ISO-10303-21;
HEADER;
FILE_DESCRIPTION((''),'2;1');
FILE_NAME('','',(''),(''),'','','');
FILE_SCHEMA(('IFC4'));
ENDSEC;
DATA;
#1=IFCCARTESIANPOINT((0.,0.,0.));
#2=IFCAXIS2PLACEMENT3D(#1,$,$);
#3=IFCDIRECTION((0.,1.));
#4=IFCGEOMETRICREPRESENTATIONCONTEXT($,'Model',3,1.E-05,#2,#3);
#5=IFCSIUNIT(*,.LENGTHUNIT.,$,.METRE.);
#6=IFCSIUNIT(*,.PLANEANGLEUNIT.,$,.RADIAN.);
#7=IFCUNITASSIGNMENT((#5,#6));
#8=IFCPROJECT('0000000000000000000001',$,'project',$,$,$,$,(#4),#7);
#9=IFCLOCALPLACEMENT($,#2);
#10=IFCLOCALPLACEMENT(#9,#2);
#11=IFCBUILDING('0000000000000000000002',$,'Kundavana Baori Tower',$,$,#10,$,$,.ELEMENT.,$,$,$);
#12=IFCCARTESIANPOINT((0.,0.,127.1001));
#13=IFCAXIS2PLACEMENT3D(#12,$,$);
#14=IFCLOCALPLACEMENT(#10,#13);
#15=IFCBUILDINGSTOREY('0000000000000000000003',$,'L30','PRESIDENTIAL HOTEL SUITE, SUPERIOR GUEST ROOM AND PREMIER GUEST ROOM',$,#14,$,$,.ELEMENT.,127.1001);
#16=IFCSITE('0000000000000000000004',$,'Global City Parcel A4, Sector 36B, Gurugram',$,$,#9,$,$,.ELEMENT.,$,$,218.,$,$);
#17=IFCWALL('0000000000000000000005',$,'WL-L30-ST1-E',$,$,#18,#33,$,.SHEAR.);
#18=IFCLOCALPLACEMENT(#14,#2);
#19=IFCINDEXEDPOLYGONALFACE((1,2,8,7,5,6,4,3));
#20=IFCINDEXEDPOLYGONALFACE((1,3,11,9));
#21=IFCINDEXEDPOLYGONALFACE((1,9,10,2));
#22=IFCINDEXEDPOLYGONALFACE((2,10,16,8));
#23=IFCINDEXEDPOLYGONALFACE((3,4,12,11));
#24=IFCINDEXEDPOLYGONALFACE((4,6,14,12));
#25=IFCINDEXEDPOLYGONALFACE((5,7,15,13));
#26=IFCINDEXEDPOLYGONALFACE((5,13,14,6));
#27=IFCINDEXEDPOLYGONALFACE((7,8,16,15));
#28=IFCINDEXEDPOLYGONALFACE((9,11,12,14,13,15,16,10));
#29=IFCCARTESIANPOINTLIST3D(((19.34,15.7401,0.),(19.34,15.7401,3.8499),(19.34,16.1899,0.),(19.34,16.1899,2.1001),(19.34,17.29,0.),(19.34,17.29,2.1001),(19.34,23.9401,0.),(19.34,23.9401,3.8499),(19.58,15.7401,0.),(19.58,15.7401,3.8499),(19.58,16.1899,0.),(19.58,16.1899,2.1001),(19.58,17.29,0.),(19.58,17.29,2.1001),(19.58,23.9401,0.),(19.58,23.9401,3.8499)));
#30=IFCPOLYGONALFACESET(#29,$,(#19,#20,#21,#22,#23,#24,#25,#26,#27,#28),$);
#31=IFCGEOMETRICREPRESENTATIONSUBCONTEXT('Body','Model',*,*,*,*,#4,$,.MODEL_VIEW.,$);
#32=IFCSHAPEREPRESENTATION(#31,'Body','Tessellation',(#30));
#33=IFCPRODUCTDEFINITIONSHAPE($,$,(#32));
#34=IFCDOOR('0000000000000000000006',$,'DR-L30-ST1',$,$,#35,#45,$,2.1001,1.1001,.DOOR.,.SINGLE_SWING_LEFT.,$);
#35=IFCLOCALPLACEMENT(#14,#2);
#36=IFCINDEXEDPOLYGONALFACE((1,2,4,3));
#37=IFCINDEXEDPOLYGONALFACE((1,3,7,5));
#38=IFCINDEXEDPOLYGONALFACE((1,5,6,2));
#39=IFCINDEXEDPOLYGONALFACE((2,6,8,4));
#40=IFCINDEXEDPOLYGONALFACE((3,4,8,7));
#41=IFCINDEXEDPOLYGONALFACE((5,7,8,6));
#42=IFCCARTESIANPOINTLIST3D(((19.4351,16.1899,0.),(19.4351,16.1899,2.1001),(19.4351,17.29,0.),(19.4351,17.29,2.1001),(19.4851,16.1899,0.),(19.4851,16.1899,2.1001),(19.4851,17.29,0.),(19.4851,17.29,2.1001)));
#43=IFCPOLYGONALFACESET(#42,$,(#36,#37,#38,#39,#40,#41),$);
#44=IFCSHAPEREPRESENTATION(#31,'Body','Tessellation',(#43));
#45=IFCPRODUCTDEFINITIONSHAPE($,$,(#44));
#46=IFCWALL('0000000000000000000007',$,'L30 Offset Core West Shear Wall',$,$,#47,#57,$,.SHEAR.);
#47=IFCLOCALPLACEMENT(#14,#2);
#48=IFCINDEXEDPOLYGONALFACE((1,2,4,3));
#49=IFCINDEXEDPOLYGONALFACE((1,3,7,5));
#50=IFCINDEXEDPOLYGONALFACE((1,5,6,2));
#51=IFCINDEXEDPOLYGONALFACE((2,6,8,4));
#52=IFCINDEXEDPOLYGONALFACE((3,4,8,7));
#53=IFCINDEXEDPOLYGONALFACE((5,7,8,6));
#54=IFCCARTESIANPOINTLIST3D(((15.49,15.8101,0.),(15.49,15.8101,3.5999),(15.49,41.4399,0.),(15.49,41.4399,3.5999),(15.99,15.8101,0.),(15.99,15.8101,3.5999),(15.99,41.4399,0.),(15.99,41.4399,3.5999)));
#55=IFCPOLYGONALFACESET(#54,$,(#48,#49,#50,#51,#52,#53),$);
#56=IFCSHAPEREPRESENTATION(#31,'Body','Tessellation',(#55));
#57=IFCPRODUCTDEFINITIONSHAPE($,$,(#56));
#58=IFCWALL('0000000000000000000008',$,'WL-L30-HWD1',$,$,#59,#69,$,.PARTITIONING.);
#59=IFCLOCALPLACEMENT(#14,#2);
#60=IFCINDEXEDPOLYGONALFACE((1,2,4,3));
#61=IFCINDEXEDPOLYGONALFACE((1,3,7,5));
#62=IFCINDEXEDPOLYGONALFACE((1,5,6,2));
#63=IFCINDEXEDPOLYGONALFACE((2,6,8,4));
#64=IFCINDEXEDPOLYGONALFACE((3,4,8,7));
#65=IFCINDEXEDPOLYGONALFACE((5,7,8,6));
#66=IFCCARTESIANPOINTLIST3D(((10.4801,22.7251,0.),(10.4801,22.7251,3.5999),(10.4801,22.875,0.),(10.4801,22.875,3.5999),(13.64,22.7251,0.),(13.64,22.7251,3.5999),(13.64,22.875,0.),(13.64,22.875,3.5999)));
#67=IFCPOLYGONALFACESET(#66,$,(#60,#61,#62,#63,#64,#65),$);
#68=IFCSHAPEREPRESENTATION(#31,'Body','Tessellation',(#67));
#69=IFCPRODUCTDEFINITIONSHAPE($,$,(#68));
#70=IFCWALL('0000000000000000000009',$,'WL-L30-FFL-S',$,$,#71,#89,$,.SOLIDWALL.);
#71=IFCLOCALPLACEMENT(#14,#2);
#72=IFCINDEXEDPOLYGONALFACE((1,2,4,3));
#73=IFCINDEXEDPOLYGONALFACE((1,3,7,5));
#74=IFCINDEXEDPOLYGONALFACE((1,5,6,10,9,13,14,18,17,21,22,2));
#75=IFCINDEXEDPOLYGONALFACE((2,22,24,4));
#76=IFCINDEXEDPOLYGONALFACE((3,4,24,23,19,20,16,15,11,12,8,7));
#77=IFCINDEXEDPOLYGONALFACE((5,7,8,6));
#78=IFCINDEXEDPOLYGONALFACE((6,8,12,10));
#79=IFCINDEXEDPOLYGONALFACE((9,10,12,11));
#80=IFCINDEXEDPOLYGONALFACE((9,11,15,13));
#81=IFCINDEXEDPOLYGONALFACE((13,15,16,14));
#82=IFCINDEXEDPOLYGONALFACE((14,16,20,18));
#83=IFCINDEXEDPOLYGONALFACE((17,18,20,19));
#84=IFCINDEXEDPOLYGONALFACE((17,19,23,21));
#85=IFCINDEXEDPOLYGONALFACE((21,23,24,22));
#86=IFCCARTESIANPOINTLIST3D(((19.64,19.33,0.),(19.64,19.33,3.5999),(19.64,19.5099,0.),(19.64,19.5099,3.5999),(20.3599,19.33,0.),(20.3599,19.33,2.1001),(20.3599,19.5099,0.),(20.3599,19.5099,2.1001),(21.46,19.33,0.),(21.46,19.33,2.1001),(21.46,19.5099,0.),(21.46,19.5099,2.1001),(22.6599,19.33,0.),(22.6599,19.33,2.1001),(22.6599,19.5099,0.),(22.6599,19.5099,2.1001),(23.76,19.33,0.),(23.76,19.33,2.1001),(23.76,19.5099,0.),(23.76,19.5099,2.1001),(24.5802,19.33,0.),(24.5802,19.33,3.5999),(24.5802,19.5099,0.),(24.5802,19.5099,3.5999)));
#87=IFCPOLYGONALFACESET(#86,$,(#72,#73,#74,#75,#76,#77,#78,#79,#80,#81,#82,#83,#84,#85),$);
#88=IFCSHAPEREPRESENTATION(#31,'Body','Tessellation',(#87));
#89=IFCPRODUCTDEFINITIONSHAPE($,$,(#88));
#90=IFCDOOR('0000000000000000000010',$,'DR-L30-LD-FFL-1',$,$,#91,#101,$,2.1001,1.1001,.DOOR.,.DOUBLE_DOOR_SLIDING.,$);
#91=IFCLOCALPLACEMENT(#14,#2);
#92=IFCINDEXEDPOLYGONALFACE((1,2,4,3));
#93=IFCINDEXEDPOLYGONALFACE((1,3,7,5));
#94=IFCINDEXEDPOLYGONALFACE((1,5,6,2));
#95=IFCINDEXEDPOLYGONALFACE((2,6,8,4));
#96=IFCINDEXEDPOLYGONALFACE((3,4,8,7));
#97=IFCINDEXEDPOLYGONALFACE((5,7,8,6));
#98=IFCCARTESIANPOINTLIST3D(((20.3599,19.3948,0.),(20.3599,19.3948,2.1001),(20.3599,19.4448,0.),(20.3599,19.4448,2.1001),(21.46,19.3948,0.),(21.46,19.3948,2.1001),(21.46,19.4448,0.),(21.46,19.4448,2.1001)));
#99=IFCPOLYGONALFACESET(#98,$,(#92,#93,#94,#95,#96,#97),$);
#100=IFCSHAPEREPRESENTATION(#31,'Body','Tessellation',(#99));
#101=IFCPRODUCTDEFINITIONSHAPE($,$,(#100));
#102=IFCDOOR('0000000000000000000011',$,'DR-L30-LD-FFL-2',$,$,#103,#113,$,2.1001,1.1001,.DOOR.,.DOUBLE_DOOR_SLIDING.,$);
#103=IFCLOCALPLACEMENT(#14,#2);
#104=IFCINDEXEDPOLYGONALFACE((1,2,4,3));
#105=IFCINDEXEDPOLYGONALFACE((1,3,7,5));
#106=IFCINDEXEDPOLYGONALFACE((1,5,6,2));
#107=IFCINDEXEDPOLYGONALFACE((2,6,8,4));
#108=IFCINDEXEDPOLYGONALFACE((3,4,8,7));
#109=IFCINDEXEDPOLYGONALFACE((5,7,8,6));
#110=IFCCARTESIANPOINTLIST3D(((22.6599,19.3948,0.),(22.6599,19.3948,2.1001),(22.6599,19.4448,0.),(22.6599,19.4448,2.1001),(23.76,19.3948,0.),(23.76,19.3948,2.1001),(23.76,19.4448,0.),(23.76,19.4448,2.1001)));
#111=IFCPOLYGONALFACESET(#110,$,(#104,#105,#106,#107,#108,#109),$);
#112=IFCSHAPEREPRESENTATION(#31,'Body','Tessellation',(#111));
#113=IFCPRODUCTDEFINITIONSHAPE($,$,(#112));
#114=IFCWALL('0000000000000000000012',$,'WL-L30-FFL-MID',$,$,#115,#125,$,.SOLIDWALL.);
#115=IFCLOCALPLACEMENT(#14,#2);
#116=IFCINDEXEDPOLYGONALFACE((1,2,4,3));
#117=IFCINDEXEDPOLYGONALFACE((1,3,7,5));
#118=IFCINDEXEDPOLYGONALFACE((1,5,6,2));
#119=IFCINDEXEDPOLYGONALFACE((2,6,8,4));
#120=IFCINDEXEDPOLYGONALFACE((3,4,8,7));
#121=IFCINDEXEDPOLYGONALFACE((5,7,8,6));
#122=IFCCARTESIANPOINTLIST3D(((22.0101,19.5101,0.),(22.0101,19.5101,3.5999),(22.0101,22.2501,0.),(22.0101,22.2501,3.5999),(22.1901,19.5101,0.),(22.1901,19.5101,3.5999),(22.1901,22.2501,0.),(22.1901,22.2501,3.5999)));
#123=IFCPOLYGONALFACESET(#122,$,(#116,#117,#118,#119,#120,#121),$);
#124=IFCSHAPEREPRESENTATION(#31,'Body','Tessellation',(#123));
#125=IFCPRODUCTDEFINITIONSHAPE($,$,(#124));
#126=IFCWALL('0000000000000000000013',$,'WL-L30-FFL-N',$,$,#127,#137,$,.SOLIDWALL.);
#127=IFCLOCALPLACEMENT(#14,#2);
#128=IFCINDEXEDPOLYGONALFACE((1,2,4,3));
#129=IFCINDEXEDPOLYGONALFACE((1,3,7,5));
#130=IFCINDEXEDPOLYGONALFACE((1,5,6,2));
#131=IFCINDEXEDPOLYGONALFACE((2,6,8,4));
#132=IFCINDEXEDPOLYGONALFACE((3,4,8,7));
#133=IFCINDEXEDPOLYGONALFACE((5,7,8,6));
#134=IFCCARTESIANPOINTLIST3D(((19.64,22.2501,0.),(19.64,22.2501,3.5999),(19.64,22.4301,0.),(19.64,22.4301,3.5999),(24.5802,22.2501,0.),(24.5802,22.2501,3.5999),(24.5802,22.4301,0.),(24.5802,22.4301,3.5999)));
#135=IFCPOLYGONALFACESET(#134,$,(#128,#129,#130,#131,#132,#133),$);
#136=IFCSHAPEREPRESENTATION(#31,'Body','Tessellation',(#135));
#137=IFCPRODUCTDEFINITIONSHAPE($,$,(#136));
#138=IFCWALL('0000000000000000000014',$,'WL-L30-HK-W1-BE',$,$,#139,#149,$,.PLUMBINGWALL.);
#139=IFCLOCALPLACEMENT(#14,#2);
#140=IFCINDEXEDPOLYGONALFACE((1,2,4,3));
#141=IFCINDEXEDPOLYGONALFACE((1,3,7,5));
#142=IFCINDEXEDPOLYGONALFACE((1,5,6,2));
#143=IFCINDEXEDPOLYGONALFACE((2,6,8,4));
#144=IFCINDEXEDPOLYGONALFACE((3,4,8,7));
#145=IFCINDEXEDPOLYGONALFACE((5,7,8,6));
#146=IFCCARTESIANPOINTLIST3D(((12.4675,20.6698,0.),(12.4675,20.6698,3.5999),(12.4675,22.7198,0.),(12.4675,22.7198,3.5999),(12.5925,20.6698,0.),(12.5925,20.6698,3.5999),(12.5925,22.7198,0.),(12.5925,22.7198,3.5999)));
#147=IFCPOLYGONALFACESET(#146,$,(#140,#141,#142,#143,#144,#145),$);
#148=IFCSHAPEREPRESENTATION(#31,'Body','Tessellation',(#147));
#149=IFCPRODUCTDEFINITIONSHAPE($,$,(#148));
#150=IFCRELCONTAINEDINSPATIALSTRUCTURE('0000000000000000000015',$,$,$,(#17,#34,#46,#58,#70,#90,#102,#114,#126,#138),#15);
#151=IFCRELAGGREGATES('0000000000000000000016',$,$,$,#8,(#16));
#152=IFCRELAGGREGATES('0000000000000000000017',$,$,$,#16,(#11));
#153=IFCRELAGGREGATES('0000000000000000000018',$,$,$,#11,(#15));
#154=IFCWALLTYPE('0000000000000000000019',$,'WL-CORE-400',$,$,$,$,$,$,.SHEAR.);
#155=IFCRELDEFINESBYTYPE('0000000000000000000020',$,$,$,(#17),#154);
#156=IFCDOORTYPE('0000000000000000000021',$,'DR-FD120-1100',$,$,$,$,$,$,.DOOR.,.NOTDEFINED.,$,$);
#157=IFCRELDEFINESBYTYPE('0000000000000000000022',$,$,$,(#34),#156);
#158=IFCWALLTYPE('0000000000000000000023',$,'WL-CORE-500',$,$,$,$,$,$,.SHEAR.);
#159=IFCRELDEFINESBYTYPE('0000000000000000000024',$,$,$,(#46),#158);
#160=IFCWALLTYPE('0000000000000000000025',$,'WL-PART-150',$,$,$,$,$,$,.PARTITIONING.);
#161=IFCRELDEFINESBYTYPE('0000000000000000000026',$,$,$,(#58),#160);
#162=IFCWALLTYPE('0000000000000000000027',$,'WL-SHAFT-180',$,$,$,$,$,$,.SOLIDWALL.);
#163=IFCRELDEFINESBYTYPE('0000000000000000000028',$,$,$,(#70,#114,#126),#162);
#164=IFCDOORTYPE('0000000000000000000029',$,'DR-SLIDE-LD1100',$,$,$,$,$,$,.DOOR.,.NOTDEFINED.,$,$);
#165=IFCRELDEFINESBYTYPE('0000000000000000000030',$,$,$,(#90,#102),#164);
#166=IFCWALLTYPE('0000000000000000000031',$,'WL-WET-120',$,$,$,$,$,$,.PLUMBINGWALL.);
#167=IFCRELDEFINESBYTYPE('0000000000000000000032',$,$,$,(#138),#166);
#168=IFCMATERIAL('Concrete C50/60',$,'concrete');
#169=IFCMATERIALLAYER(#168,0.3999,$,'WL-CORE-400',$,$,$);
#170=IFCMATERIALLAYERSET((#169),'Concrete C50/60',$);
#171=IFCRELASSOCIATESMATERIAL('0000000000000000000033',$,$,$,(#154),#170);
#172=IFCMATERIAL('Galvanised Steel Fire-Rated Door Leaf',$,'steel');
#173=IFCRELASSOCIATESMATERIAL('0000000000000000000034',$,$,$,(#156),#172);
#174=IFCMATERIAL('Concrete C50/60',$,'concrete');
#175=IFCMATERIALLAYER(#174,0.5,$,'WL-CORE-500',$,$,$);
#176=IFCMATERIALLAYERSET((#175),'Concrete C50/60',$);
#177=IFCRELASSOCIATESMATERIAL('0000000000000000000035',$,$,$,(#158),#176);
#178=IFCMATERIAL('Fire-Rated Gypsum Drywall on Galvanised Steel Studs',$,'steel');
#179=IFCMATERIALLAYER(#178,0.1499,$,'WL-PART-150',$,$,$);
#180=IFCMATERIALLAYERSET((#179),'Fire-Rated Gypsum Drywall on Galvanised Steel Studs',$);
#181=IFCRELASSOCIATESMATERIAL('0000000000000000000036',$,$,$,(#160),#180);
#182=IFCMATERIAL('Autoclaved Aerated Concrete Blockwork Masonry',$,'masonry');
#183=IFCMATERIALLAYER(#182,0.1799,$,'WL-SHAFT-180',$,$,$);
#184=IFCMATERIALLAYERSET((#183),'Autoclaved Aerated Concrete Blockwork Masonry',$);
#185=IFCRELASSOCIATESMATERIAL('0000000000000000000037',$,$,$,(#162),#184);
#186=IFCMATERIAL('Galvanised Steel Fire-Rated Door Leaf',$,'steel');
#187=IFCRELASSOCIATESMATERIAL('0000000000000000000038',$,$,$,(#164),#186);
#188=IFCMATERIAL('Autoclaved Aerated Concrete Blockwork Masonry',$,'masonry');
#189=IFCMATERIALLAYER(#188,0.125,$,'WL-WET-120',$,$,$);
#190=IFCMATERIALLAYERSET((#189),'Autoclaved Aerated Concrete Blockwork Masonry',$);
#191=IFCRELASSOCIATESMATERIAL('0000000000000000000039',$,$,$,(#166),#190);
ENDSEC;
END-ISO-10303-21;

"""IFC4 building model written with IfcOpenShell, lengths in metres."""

from ifc_helpers import new_model, si_unit, direction, frame, frame_2d, origin, place, context, subcontext, project, spatial, rectangle, extrude, material, layer, layer_set, type_object, element, fill, save


model = new_model("IFC4")

# Units and contexts
model_context = context("Model", 3, precision=1e-05, world=origin(), true_north=direction((0.0, 1.0)))
body_context = subcontext(model_context, "Body", "Model", "MODEL_VIEW")
ifc_project = project(units=[si_unit("LENGTHUNIT", "METRE"), si_unit("PLANEANGLEUNIT", "RADIAN")], contexts=[model_context])

# Site, building, storey
site_placement = place(None, origin())
site = spatial("IfcSite", under=ifc_project, at=site_placement, Name="Global City Parcel A4, Sector 36B, Gurugram", CompositionType="ELEMENT", RefElevation=218.0)
building_placement = place(site_placement, origin())
building = spatial("IfcBuilding", under=site, at=building_placement, Name="Kundavana Baori Tower", CompositionType="ELEMENT")
storey_placement = place(building_placement, frame((0.0, 0.0, 127.1001)))
storey = spatial("IfcBuildingStorey", under=building, at=storey_placement, Name="L30", Description="PRESIDENTIAL HOTEL SUITE, SUPERIOR GUEST ROOM AND PREMIER GUEST ROOM", CompositionType="ELEMENT", Elevation=127.1001)

# Wall, opening, door
ifc_material_1 = material(Name="Concrete C50/60", Category="concrete")
ifc_layer_1 = layer(ifc_material_1, 0.3999, Name="WL-CORE-400")
ifc_layer_set_1 = layer_set([ifc_layer_1], Name="Concrete C50/60")
wall_type_1 = type_object("IfcWallType", Name="WL-CORE-400", PredefinedType="SHEAR", material=ifc_layer_set_1)
wall_1_placement = place(storey_placement, frame((19.46, 15.74, 0.0), z_axis=(0.0, 0.0, 1.0), x_axis=(0.0, 1.0, 0.0)))
wall_1 = element("IfcWall", 1, at=wall_1_placement, inside=storey, type_object=wall_type_1, Name="WL-L30-ST1-E", PredefinedType="SHEAR", context=body_context, shape_type="SweptSolid", body=[
    extrude(rectangle(XDim=8.2, YDim=0.24, at=frame_2d((4.1001, 0.0))), origin(), (0.0, 0.0, 1.0), 3.8499),
])
opening_1_placement = place(wall_1_placement, frame((0.45, 0.0, 0.0)))
opening_1 = element("IfcOpeningElement", 2, at=opening_1_placement, cuts=wall_1, PredefinedType="OPENING", context=body_context, shape_type="SweptSolid", body=[
    extrude(rectangle(XDim=1.1001, YDim=2.1001, at=frame_2d((0.55, 1.05))), frame((0.0, 0.1299, 0.0), z_axis=(0.0, -1.0, 0.0), x_axis=(1.0, 0.0, 0.0)), (0.0, 0.0, 1.0), 0.26),
])
ifc_material_2 = material(Name="Galvanised Steel Fire-Rated Door Leaf", Category="steel")
door_type_1 = type_object("IfcDoorType", Name="DR-FD120-1100", OperationType="NOTDEFINED", PredefinedType="DOOR", material=ifc_material_2)
door_1_placement = place(opening_1_placement, origin())
door_1 = element("IfcDoor", 3, at=door_1_placement, inside=storey, type_object=door_type_1, Name="DR-L30-ST1", OperationType="SINGLE_SWING_LEFT", OverallHeight=2.1001, OverallWidth=1.1001, PredefinedType="DOOR", context=body_context, shape_type="SweptSolid", body=[
    extrude(rectangle(XDim=1.1001, YDim=2.1001, at=frame_2d((0.55, 1.05))), frame((0.0, 0.0249, 0.0), z_axis=(0.0, -1.0, 0.0), x_axis=(1.0, 0.0, 0.0)), (0.0, 0.0, 1.0), 0.05),
])
fill(opening_1, door_1)

# Wall
ifc_material_3 = material(Name="Concrete C50/60", Category="concrete")
ifc_layer_2 = layer(ifc_material_3, 0.5, Name="WL-CORE-500")
ifc_layer_set_2 = layer_set([ifc_layer_2], Name="Concrete C50/60")
wall_type_2 = type_object("IfcWallType", Name="WL-CORE-500", PredefinedType="SHEAR", material=ifc_layer_set_2)
wall_2_placement = place(storey_placement, frame((15.74, 15.8101, 0.0), z_axis=(0.0, 0.0, 1.0), x_axis=(0.0, 1.0, 0.0)))
element("IfcWall", 4, at=wall_2_placement, inside=storey, type_object=wall_type_2, Name="L30 Offset Core West Shear Wall", PredefinedType="SHEAR", context=body_context, shape_type="SweptSolid", body=[
    extrude(rectangle(XDim=25.6299, YDim=0.5, at=frame_2d((12.8149, 0.0))), origin(), (0.0, 0.0, 1.0), 3.5999),
])

# Wall
ifc_material_4 = material(Name="Fire-Rated Gypsum Drywall on Galvanised Steel Studs", Category="steel")
ifc_layer_3 = layer(ifc_material_4, 0.1499, Name="WL-PART-150")
ifc_layer_set_3 = layer_set([ifc_layer_3], Name="Fire-Rated Gypsum Drywall on Galvanised Steel Studs")
wall_type_3 = type_object("IfcWallType", Name="WL-PART-150", PredefinedType="PARTITIONING", material=ifc_layer_set_3)
wall_3_placement = place(storey_placement, frame((10.48, 22.8, 0.0), z_axis=(0.0, 0.0, 1.0), x_axis=(1.0, 0.0, 0.0)))
element("IfcWall", 5, at=wall_3_placement, inside=storey, type_object=wall_type_3, Name="WL-L30-HWD1", PredefinedType="PARTITIONING", context=body_context, shape_type="SweptSolid", body=[
    extrude(rectangle(XDim=3.1599, YDim=0.1499, at=frame_2d((1.5801, 0.0))), origin(), (0.0, 0.0, 1.0), 3.5999),
])

# Wall, openings, doors
ifc_material_5 = material(Name="Autoclaved Aerated Concrete Blockwork Masonry", Category="masonry")
ifc_layer_4 = layer(ifc_material_5, 0.1799, Name="WL-SHAFT-180")
ifc_layer_set_4 = layer_set([ifc_layer_4], Name="Autoclaved Aerated Concrete Blockwork Masonry")
wall_type_4 = type_object("IfcWallType", Name="WL-SHAFT-180", PredefinedType="SOLIDWALL", material=ifc_layer_set_4)
wall_4_placement = place(storey_placement, frame((19.6399, 19.4199, 0.0), z_axis=(0.0, 0.0, 1.0), x_axis=(1.0, 0.0, 0.0)))
wall_4 = element("IfcWall", 6, at=wall_4_placement, inside=storey, type_object=wall_type_4, Name="WL-L30-FFL-S", PredefinedType="SOLIDWALL", context=body_context, shape_type="SweptSolid", body=[
    extrude(rectangle(XDim=4.9402, YDim=0.1799, at=frame_2d((2.4702, 0.0))), origin(), (0.0, 0.0, 1.0), 3.5999),
])
opening_2_placement = place(wall_4_placement, frame((0.72, 0.0, 0.0)))
opening_2 = element("IfcOpeningElement", 7, at=opening_2_placement, cuts=wall_4, PredefinedType="OPENING", context=body_context, shape_type="SweptSolid", body=[
    extrude(rectangle(XDim=1.1001, YDim=2.1001, at=frame_2d((0.55, 1.05))), frame((0.0, 0.1001, 0.0), z_axis=(0.0, -1.0, 0.0), x_axis=(1.0, 0.0, 0.0)), (0.0, 0.0, 1.0), 0.2),
])
opening_3_placement = place(wall_4_placement, frame((3.02, 0.0, 0.0)))
opening_3 = element("IfcOpeningElement", 8, at=opening_3_placement, cuts=wall_4, PredefinedType="OPENING", context=body_context, shape_type="SweptSolid", body=[
    extrude(rectangle(XDim=1.1001, YDim=2.1001, at=frame_2d((0.55, 1.05))), frame((0.0, 0.1001, 0.0), z_axis=(0.0, -1.0, 0.0), x_axis=(1.0, 0.0, 0.0)), (0.0, 0.0, 1.0), 0.2),
])
ifc_material_6 = material(Name="Galvanised Steel Fire-Rated Door Leaf", Category="steel")
door_type_2 = type_object("IfcDoorType", Name="DR-SLIDE-LD1100", OperationType="NOTDEFINED", PredefinedType="DOOR", material=ifc_material_6)
door_2_placement = place(opening_2_placement, origin())
door_2 = element("IfcDoor", 9, at=door_2_placement, inside=storey, type_object=door_type_2, Name="DR-L30-LD-FFL-1", OperationType="DOUBLE_DOOR_SLIDING", OverallHeight=2.1001, OverallWidth=1.1001, PredefinedType="DOOR", context=body_context, shape_type="SweptSolid", body=[
    extrude(rectangle(XDim=1.1001, YDim=2.1001, at=frame_2d((0.55, 1.05))), frame((0.0, 0.0249, 0.0), z_axis=(0.0, -1.0, 0.0), x_axis=(1.0, 0.0, 0.0)), (0.0, 0.0, 1.0), 0.05),
])
fill(opening_2, door_2)
door_3_placement = place(opening_3_placement, origin())
door_3 = element("IfcDoor", 10, at=door_3_placement, inside=storey, type_object=door_type_2, Name="DR-L30-LD-FFL-2", OperationType="DOUBLE_DOOR_SLIDING", OverallHeight=2.1001, OverallWidth=1.1001, PredefinedType="DOOR", context=body_context, shape_type="SweptSolid", body=[
    extrude(rectangle(XDim=1.1001, YDim=2.1001, at=frame_2d((0.55, 1.05))), frame((0.0, 0.0249, 0.0), z_axis=(0.0, -1.0, 0.0), x_axis=(1.0, 0.0, 0.0)), (0.0, 0.0, 1.0), 0.05),
])
fill(opening_3, door_3)

# Walls
wall_5_placement = place(storey_placement, frame((22.1001, 19.51, 0.0), z_axis=(0.0, 0.0, 1.0), x_axis=(0.0, 1.0, 0.0)))
element("IfcWall", 11, at=wall_5_placement, inside=storey, type_object=wall_type_4, Name="WL-L30-FFL-MID", PredefinedType="SOLIDWALL", context=body_context, shape_type="SweptSolid", body=[
    extrude(rectangle(XDim=2.74, YDim=0.1799, at=frame_2d((1.3701, 0.0))), origin(), (0.0, 0.0, 1.0), 3.5999),
])
wall_6_placement = place(storey_placement, frame((19.6399, 22.3401, 0.0), z_axis=(0.0, 0.0, 1.0), x_axis=(1.0, 0.0, 0.0)))
element("IfcWall", 12, at=wall_6_placement, inside=storey, type_object=wall_type_4, Name="WL-L30-FFL-N", PredefinedType="SOLIDWALL", context=body_context, shape_type="SweptSolid", body=[
    extrude(rectangle(XDim=4.9402, YDim=0.1799, at=frame_2d((2.4702, 0.0))), origin(), (0.0, 0.0, 1.0), 3.5999),
])
ifc_material_7 = material(Name="Autoclaved Aerated Concrete Blockwork Masonry", Category="masonry")
ifc_layer_5 = layer(ifc_material_7, 0.125, Name="WL-WET-120")
ifc_layer_set_5 = layer_set([ifc_layer_5], Name="Autoclaved Aerated Concrete Blockwork Masonry")
wall_type_5 = type_object("IfcWallType", Name="WL-WET-120", PredefinedType="PLUMBINGWALL", material=ifc_layer_set_5)
wall_7_placement = place(storey_placement, frame((12.53, 20.6699, 0.0), z_axis=(0.0, 0.0, 1.0), x_axis=(0.0, 1.0, 0.0)))
element("IfcWall", 13, at=wall_7_placement, inside=storey, type_object=wall_type_5, Name="WL-L30-HK-W1-BE", PredefinedType="PLUMBINGWALL", context=body_context, shape_type="SweptSolid", body=[
    extrude(rectangle(XDim=2.05, YDim=0.125, at=frame_2d((1.0249, 0.0))), origin(), (0.0, 0.0, 1.0), 3.5999),
])

save(model, "model.ifc")
